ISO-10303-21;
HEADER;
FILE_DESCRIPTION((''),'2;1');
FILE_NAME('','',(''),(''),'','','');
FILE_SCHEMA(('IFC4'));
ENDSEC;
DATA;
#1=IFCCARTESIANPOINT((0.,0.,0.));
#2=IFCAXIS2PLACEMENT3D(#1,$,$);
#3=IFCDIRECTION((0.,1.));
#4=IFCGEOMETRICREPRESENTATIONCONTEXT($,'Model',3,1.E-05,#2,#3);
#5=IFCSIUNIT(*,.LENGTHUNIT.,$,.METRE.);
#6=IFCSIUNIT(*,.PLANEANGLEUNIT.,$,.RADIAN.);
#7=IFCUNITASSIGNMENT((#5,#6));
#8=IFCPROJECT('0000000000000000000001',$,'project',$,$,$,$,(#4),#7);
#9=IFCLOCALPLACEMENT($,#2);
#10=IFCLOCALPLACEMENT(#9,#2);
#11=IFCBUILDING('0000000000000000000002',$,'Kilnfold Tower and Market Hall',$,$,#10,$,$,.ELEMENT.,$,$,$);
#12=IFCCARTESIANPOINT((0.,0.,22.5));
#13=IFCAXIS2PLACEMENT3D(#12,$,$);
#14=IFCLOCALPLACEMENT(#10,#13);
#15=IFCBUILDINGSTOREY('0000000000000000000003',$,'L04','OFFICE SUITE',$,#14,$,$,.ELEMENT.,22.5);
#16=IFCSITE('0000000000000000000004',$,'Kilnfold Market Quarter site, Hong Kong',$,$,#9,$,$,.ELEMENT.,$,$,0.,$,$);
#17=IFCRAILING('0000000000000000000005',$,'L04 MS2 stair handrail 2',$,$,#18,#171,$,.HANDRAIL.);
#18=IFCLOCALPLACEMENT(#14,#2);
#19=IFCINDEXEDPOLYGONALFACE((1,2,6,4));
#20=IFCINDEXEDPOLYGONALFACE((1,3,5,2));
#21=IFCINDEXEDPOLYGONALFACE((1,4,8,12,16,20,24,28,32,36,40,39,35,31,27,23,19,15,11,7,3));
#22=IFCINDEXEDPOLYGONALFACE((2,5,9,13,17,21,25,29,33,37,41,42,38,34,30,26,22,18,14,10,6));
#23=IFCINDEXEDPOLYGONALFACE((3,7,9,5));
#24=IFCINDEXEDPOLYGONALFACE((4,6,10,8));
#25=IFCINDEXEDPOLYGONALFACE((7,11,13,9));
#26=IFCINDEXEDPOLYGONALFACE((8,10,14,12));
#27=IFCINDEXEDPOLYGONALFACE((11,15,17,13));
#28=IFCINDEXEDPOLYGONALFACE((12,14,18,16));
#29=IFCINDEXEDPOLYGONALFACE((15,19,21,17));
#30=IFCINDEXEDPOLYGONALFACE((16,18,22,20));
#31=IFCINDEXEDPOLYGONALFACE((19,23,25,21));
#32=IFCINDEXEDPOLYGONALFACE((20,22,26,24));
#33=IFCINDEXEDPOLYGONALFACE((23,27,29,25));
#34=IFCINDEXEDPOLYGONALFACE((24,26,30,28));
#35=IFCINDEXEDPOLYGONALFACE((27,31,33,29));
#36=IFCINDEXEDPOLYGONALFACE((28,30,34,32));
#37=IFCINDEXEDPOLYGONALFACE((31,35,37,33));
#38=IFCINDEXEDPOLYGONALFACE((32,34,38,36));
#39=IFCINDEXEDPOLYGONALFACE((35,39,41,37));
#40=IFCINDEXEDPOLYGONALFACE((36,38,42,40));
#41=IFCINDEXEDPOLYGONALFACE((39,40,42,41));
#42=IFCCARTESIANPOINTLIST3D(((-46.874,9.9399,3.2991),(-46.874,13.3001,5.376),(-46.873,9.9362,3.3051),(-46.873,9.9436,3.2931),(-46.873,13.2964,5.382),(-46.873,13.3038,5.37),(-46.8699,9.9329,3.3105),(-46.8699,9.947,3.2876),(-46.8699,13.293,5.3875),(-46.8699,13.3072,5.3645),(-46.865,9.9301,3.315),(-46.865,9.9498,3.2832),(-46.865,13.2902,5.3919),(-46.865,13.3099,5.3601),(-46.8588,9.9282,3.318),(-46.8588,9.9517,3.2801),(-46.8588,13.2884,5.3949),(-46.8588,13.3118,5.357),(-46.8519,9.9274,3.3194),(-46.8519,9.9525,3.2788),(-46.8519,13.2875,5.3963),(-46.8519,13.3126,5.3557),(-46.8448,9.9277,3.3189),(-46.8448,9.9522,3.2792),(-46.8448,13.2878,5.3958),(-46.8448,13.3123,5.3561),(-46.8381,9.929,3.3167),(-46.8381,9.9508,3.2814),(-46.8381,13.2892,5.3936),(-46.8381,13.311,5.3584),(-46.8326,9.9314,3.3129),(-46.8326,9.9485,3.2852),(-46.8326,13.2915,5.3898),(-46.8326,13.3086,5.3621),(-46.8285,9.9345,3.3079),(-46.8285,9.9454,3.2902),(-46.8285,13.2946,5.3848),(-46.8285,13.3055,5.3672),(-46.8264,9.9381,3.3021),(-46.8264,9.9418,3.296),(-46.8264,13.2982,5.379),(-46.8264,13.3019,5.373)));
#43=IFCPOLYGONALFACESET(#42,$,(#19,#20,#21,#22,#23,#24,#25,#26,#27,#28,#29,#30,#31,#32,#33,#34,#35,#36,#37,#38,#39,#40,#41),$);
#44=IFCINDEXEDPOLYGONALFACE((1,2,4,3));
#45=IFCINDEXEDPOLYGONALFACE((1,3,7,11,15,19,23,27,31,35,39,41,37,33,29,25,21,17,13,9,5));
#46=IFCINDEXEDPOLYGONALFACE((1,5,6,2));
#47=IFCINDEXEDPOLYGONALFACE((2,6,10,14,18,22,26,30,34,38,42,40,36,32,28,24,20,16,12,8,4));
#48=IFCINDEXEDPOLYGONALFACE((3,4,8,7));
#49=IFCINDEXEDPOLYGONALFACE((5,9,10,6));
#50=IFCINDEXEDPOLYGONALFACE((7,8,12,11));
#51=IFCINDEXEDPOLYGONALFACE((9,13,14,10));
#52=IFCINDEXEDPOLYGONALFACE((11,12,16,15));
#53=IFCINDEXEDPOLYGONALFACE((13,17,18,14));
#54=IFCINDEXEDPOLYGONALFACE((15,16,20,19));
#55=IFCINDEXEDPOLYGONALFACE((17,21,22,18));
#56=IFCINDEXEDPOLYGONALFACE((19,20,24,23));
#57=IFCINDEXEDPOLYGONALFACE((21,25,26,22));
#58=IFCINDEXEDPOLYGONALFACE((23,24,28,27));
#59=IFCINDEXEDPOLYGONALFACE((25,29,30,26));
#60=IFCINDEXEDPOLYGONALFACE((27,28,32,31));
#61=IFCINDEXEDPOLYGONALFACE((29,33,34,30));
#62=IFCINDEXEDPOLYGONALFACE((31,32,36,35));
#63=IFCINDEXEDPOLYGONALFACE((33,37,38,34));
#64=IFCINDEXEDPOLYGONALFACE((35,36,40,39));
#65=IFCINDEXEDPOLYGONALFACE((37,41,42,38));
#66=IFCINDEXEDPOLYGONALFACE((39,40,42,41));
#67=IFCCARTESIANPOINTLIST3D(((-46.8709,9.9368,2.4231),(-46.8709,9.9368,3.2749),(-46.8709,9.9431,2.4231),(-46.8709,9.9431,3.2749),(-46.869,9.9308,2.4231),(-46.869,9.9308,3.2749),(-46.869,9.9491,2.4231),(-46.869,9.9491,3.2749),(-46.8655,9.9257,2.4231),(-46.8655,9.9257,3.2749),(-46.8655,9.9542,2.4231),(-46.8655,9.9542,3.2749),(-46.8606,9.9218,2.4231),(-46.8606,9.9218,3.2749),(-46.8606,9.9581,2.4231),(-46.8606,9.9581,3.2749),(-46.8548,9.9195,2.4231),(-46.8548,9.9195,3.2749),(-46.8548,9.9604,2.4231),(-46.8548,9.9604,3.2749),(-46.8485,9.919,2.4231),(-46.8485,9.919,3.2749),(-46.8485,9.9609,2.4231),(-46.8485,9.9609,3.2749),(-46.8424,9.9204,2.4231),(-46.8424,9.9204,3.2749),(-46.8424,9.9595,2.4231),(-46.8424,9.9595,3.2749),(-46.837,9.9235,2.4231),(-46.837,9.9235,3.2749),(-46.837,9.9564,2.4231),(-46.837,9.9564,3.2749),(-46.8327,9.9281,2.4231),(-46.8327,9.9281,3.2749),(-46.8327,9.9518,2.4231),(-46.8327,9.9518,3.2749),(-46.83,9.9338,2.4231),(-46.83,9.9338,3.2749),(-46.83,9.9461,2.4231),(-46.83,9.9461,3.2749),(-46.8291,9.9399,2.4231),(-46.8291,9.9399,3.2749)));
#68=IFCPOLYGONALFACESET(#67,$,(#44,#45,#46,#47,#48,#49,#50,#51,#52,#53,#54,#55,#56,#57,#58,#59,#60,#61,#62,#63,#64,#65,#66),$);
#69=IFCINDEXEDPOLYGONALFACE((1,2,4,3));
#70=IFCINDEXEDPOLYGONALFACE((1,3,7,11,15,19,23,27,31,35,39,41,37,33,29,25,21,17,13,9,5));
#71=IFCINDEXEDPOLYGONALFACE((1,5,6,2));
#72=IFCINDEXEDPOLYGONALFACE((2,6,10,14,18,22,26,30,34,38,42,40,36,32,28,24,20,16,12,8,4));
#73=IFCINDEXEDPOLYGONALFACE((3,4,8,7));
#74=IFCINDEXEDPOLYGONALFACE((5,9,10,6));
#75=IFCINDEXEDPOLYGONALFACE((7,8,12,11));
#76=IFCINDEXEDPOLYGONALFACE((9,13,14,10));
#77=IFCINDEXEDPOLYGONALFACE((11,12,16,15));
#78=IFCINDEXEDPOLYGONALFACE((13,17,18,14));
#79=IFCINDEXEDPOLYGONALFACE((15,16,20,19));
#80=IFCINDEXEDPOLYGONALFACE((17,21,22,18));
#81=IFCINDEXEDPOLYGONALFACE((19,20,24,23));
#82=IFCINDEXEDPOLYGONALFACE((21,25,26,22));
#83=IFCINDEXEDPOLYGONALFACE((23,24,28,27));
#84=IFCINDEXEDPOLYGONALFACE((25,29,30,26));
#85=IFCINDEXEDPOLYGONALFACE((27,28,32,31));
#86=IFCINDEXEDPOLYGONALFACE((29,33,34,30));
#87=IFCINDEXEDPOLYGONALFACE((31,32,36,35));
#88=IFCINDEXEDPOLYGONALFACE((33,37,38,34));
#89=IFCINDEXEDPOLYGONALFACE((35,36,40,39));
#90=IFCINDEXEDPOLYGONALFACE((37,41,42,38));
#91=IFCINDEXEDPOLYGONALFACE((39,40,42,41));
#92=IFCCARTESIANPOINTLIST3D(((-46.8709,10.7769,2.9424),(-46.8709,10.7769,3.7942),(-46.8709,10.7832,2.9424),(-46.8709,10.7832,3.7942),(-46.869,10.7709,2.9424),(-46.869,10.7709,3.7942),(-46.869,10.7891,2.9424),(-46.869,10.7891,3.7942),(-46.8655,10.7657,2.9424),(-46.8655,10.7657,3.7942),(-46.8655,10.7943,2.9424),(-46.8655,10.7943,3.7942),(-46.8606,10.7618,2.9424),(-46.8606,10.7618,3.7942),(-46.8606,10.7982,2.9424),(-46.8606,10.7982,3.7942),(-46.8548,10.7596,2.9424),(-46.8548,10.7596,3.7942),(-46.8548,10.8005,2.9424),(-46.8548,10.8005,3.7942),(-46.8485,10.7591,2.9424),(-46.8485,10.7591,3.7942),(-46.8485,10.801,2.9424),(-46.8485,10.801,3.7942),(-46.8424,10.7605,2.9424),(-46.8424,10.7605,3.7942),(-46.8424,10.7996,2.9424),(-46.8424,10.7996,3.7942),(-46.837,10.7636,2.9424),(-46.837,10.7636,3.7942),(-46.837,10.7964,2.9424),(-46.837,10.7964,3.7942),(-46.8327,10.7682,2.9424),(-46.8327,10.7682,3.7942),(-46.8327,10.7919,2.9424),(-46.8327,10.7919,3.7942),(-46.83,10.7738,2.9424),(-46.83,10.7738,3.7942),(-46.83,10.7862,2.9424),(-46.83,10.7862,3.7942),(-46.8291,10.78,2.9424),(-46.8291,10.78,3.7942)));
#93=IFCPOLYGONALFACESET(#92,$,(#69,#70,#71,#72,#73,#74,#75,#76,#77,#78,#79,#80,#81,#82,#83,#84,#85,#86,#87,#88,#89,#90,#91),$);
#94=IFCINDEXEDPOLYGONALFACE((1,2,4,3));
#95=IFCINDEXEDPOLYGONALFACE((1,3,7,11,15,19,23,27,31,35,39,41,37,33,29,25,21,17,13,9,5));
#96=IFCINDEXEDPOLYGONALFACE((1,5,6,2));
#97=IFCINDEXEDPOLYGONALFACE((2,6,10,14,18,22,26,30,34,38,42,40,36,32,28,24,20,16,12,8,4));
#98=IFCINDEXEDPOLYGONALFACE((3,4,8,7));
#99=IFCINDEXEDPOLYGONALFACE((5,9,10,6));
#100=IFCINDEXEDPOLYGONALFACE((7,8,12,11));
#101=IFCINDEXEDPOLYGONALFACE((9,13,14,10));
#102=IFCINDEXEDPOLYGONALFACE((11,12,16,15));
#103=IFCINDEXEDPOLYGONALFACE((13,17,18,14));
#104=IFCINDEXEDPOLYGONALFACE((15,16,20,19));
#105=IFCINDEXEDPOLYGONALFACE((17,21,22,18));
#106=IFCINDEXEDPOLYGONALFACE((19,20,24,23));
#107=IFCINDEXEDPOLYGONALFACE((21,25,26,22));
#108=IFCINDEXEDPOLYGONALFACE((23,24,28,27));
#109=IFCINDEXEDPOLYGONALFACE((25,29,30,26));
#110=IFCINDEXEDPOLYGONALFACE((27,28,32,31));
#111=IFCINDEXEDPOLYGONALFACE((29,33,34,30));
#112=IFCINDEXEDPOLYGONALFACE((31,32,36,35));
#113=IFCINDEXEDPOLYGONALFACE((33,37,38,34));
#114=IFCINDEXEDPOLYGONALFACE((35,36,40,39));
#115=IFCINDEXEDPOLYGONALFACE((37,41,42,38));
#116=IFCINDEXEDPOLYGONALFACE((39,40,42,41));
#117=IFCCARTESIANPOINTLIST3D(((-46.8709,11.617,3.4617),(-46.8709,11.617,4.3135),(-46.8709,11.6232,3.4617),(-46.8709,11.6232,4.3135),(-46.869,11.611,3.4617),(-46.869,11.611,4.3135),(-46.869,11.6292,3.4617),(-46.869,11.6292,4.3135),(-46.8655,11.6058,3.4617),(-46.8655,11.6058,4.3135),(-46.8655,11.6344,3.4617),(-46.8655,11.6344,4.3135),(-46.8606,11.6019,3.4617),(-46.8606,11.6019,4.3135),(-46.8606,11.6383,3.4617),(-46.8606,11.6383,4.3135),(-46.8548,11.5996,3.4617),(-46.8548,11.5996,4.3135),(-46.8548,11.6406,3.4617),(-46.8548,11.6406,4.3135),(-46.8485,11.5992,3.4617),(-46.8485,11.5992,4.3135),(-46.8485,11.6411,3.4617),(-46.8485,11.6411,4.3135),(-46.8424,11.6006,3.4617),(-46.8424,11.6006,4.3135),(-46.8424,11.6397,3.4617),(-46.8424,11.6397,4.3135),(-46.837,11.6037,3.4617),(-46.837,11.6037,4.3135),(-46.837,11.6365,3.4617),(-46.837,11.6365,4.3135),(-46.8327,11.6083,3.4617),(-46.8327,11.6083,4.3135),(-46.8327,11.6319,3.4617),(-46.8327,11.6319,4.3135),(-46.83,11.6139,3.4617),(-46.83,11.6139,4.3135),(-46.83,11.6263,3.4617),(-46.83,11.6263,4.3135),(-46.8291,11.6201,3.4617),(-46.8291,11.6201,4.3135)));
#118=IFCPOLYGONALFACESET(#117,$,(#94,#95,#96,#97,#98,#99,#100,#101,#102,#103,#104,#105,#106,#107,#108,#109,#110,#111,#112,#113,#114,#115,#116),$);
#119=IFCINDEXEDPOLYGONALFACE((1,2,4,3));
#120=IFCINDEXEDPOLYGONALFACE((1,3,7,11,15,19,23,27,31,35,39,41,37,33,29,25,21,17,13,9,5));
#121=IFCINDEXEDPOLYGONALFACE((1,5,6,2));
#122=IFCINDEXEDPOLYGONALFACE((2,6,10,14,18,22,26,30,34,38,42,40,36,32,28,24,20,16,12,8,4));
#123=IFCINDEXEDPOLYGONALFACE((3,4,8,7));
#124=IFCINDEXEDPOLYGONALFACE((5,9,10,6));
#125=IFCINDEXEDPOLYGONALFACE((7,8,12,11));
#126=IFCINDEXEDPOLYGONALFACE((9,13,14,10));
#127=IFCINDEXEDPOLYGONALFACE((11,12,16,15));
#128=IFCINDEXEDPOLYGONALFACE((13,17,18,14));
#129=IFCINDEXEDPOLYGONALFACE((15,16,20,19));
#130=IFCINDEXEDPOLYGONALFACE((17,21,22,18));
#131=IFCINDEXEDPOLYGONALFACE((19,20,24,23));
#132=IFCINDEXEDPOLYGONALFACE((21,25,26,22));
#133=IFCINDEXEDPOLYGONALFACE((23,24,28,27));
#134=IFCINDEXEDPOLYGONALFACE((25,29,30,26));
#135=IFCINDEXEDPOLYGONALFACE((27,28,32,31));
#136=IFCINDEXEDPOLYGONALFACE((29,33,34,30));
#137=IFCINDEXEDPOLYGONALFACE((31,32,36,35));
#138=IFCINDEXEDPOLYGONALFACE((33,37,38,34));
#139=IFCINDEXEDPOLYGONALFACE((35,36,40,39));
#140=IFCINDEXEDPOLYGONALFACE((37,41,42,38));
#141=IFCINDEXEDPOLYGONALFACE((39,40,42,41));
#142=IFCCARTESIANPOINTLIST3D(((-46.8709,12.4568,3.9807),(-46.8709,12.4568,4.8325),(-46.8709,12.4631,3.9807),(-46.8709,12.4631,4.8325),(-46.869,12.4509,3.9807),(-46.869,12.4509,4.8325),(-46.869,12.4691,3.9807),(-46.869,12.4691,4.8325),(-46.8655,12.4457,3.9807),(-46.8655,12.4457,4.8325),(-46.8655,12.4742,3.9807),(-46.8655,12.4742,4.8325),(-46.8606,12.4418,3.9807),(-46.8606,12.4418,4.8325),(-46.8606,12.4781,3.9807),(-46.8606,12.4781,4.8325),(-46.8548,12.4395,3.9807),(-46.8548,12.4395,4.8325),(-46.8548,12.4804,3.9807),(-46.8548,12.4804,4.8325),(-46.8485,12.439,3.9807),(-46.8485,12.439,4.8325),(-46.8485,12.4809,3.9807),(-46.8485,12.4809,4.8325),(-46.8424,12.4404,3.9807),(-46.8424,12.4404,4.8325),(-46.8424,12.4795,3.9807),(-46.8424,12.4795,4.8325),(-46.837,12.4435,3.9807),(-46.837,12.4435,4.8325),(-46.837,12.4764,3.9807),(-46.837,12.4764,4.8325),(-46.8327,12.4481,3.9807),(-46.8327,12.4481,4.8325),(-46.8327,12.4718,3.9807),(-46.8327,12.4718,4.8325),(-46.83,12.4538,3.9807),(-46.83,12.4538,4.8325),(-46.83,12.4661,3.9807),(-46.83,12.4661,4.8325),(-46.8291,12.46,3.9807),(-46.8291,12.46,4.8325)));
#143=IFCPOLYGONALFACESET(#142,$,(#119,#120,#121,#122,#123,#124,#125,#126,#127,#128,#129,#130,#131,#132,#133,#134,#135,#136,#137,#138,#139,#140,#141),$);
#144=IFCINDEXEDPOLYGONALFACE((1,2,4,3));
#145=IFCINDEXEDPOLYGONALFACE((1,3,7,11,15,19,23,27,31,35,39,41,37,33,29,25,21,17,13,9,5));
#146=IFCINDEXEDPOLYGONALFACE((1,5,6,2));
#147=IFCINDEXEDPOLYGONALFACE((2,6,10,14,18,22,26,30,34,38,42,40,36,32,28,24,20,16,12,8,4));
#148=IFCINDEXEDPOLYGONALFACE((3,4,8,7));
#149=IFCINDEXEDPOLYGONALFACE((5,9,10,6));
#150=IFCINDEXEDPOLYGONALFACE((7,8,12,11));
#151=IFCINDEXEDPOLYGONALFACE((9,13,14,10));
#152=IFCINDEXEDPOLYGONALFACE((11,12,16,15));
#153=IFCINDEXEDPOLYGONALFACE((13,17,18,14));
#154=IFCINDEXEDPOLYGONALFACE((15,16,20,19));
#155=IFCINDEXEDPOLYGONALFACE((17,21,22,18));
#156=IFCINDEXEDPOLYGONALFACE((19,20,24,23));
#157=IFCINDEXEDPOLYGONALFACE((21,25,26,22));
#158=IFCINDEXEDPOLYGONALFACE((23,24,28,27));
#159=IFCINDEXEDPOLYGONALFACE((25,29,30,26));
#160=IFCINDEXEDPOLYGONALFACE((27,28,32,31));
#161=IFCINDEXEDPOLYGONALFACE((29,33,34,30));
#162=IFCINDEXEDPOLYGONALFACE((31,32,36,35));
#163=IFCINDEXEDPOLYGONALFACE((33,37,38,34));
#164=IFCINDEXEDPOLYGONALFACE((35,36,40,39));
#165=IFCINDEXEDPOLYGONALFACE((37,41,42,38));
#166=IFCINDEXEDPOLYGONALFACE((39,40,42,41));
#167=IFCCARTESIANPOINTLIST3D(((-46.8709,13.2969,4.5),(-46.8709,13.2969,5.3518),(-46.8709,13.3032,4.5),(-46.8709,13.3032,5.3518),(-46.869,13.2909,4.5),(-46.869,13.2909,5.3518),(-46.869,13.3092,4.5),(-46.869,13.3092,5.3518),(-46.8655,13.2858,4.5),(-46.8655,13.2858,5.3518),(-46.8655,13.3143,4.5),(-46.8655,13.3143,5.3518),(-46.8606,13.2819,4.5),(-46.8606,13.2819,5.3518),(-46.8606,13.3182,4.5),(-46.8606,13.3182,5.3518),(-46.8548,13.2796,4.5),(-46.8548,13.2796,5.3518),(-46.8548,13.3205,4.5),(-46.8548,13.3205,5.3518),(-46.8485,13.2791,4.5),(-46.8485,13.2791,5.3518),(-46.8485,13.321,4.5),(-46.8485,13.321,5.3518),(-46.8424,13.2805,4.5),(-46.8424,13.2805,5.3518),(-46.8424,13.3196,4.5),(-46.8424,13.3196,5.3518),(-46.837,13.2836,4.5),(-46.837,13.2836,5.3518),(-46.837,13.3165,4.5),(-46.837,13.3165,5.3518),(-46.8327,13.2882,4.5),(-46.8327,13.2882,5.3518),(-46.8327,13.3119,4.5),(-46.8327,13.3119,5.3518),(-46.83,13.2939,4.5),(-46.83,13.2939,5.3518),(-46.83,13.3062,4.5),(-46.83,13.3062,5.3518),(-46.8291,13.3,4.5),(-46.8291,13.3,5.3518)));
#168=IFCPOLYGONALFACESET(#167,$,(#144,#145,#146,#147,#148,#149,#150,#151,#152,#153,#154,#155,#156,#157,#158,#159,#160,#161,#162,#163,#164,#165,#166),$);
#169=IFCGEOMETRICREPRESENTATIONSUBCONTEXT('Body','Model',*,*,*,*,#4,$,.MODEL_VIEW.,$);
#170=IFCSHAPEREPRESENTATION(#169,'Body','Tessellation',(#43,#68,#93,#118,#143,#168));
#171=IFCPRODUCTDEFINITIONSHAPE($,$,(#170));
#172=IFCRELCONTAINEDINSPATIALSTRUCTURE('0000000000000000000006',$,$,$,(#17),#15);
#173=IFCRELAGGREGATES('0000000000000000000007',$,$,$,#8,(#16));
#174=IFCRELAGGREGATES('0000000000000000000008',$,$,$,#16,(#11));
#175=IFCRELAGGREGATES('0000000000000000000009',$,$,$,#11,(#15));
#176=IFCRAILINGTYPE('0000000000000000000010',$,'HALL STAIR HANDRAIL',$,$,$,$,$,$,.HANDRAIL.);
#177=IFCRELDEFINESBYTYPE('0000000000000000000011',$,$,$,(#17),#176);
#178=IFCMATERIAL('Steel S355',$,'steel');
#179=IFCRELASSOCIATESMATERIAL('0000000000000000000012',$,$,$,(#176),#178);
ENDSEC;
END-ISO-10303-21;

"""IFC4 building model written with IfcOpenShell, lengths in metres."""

from ifc_helpers import new_model, si_unit, direction, frame, origin, origin_2d, place, context, subcontext, project, spatial, circle, extrude, material, type_object, element, save


model = new_model("IFC4")

# Units and contexts
model_context = context("Model", 3, precision=1e-05, world=origin(), true_north=direction((0.0, 1.0)))
body_context = subcontext(model_context, "Body", "Model", "MODEL_VIEW")
ifc_project = project(units=[si_unit("LENGTHUNIT", "METRE"), si_unit("PLANEANGLEUNIT", "RADIAN")], contexts=[model_context])

# Site, building, storey
site_placement = place(None, origin())
site = spatial("IfcSite", under=ifc_project, at=site_placement, Name="Kilnfold Market Quarter site, Hong Kong", CompositionType="ELEMENT", RefElevation=0.0)
building_placement = place(site_placement, origin())
building = spatial("IfcBuilding", under=site, at=building_placement, Name="Kilnfold Tower and Market Hall", CompositionType="ELEMENT")
storey_placement = place(building_placement, frame((0.0, 0.0, 22.5)))
storey = spatial("IfcBuildingStorey", under=building, at=storey_placement, Name="L04", Description="OFFICE SUITE", CompositionType="ELEMENT", Elevation=22.5)

# Railing
ifc_material_1 = material(Name="Steel S355", Category="steel")
railing_type_1 = type_object("IfcRailingType", Name="HALL STAIR HANDRAIL", PredefinedType="HANDRAIL", material=ifc_material_1)
railing_1_placement = place(storey_placement, frame((-46.8501, 9.9399, 2.4231)))
element("IfcRailing", 1, at=railing_1_placement, inside=storey, type_object=railing_type_1, Name="L04 MS2 stair handrail 2", PredefinedType="HANDRAIL", context=body_context, shape_type="SweptSolid", body=[
    extrude(circle(Radius=0.0239, at=origin_2d()), frame((0.0, 0.0, 0.876), z_axis=(0.0, 0.850623, 0.525776), x_axis=(-1.0, 0.0, 0.0)), (0.0, 0.0, 1.0), 3.9502),
    extrude(circle(Radius=0.021, at=origin_2d()), origin(), (0.0, 0.0, 1.0), 0.8518),
    extrude(circle(Radius=0.021, at=origin_2d()), frame((0.0, 0.8401, 0.5193)), (0.0, 0.0, 1.0), 0.8518),
    extrude(circle(Radius=0.021, at=origin_2d()), frame((0.0, 1.6802, 1.0386)), (0.0, 0.0, 1.0), 0.8518),
    extrude(circle(Radius=0.021, at=origin_2d()), frame((0.0, 2.52, 1.5576)), (0.0, 0.0, 1.0), 0.8518),
    extrude(circle(Radius=0.021, at=origin_2d()), frame((0.0, 3.3601, 2.0769)), (0.0, 0.0, 1.0), 0.8518),
])

save(model, "model.ifc")
